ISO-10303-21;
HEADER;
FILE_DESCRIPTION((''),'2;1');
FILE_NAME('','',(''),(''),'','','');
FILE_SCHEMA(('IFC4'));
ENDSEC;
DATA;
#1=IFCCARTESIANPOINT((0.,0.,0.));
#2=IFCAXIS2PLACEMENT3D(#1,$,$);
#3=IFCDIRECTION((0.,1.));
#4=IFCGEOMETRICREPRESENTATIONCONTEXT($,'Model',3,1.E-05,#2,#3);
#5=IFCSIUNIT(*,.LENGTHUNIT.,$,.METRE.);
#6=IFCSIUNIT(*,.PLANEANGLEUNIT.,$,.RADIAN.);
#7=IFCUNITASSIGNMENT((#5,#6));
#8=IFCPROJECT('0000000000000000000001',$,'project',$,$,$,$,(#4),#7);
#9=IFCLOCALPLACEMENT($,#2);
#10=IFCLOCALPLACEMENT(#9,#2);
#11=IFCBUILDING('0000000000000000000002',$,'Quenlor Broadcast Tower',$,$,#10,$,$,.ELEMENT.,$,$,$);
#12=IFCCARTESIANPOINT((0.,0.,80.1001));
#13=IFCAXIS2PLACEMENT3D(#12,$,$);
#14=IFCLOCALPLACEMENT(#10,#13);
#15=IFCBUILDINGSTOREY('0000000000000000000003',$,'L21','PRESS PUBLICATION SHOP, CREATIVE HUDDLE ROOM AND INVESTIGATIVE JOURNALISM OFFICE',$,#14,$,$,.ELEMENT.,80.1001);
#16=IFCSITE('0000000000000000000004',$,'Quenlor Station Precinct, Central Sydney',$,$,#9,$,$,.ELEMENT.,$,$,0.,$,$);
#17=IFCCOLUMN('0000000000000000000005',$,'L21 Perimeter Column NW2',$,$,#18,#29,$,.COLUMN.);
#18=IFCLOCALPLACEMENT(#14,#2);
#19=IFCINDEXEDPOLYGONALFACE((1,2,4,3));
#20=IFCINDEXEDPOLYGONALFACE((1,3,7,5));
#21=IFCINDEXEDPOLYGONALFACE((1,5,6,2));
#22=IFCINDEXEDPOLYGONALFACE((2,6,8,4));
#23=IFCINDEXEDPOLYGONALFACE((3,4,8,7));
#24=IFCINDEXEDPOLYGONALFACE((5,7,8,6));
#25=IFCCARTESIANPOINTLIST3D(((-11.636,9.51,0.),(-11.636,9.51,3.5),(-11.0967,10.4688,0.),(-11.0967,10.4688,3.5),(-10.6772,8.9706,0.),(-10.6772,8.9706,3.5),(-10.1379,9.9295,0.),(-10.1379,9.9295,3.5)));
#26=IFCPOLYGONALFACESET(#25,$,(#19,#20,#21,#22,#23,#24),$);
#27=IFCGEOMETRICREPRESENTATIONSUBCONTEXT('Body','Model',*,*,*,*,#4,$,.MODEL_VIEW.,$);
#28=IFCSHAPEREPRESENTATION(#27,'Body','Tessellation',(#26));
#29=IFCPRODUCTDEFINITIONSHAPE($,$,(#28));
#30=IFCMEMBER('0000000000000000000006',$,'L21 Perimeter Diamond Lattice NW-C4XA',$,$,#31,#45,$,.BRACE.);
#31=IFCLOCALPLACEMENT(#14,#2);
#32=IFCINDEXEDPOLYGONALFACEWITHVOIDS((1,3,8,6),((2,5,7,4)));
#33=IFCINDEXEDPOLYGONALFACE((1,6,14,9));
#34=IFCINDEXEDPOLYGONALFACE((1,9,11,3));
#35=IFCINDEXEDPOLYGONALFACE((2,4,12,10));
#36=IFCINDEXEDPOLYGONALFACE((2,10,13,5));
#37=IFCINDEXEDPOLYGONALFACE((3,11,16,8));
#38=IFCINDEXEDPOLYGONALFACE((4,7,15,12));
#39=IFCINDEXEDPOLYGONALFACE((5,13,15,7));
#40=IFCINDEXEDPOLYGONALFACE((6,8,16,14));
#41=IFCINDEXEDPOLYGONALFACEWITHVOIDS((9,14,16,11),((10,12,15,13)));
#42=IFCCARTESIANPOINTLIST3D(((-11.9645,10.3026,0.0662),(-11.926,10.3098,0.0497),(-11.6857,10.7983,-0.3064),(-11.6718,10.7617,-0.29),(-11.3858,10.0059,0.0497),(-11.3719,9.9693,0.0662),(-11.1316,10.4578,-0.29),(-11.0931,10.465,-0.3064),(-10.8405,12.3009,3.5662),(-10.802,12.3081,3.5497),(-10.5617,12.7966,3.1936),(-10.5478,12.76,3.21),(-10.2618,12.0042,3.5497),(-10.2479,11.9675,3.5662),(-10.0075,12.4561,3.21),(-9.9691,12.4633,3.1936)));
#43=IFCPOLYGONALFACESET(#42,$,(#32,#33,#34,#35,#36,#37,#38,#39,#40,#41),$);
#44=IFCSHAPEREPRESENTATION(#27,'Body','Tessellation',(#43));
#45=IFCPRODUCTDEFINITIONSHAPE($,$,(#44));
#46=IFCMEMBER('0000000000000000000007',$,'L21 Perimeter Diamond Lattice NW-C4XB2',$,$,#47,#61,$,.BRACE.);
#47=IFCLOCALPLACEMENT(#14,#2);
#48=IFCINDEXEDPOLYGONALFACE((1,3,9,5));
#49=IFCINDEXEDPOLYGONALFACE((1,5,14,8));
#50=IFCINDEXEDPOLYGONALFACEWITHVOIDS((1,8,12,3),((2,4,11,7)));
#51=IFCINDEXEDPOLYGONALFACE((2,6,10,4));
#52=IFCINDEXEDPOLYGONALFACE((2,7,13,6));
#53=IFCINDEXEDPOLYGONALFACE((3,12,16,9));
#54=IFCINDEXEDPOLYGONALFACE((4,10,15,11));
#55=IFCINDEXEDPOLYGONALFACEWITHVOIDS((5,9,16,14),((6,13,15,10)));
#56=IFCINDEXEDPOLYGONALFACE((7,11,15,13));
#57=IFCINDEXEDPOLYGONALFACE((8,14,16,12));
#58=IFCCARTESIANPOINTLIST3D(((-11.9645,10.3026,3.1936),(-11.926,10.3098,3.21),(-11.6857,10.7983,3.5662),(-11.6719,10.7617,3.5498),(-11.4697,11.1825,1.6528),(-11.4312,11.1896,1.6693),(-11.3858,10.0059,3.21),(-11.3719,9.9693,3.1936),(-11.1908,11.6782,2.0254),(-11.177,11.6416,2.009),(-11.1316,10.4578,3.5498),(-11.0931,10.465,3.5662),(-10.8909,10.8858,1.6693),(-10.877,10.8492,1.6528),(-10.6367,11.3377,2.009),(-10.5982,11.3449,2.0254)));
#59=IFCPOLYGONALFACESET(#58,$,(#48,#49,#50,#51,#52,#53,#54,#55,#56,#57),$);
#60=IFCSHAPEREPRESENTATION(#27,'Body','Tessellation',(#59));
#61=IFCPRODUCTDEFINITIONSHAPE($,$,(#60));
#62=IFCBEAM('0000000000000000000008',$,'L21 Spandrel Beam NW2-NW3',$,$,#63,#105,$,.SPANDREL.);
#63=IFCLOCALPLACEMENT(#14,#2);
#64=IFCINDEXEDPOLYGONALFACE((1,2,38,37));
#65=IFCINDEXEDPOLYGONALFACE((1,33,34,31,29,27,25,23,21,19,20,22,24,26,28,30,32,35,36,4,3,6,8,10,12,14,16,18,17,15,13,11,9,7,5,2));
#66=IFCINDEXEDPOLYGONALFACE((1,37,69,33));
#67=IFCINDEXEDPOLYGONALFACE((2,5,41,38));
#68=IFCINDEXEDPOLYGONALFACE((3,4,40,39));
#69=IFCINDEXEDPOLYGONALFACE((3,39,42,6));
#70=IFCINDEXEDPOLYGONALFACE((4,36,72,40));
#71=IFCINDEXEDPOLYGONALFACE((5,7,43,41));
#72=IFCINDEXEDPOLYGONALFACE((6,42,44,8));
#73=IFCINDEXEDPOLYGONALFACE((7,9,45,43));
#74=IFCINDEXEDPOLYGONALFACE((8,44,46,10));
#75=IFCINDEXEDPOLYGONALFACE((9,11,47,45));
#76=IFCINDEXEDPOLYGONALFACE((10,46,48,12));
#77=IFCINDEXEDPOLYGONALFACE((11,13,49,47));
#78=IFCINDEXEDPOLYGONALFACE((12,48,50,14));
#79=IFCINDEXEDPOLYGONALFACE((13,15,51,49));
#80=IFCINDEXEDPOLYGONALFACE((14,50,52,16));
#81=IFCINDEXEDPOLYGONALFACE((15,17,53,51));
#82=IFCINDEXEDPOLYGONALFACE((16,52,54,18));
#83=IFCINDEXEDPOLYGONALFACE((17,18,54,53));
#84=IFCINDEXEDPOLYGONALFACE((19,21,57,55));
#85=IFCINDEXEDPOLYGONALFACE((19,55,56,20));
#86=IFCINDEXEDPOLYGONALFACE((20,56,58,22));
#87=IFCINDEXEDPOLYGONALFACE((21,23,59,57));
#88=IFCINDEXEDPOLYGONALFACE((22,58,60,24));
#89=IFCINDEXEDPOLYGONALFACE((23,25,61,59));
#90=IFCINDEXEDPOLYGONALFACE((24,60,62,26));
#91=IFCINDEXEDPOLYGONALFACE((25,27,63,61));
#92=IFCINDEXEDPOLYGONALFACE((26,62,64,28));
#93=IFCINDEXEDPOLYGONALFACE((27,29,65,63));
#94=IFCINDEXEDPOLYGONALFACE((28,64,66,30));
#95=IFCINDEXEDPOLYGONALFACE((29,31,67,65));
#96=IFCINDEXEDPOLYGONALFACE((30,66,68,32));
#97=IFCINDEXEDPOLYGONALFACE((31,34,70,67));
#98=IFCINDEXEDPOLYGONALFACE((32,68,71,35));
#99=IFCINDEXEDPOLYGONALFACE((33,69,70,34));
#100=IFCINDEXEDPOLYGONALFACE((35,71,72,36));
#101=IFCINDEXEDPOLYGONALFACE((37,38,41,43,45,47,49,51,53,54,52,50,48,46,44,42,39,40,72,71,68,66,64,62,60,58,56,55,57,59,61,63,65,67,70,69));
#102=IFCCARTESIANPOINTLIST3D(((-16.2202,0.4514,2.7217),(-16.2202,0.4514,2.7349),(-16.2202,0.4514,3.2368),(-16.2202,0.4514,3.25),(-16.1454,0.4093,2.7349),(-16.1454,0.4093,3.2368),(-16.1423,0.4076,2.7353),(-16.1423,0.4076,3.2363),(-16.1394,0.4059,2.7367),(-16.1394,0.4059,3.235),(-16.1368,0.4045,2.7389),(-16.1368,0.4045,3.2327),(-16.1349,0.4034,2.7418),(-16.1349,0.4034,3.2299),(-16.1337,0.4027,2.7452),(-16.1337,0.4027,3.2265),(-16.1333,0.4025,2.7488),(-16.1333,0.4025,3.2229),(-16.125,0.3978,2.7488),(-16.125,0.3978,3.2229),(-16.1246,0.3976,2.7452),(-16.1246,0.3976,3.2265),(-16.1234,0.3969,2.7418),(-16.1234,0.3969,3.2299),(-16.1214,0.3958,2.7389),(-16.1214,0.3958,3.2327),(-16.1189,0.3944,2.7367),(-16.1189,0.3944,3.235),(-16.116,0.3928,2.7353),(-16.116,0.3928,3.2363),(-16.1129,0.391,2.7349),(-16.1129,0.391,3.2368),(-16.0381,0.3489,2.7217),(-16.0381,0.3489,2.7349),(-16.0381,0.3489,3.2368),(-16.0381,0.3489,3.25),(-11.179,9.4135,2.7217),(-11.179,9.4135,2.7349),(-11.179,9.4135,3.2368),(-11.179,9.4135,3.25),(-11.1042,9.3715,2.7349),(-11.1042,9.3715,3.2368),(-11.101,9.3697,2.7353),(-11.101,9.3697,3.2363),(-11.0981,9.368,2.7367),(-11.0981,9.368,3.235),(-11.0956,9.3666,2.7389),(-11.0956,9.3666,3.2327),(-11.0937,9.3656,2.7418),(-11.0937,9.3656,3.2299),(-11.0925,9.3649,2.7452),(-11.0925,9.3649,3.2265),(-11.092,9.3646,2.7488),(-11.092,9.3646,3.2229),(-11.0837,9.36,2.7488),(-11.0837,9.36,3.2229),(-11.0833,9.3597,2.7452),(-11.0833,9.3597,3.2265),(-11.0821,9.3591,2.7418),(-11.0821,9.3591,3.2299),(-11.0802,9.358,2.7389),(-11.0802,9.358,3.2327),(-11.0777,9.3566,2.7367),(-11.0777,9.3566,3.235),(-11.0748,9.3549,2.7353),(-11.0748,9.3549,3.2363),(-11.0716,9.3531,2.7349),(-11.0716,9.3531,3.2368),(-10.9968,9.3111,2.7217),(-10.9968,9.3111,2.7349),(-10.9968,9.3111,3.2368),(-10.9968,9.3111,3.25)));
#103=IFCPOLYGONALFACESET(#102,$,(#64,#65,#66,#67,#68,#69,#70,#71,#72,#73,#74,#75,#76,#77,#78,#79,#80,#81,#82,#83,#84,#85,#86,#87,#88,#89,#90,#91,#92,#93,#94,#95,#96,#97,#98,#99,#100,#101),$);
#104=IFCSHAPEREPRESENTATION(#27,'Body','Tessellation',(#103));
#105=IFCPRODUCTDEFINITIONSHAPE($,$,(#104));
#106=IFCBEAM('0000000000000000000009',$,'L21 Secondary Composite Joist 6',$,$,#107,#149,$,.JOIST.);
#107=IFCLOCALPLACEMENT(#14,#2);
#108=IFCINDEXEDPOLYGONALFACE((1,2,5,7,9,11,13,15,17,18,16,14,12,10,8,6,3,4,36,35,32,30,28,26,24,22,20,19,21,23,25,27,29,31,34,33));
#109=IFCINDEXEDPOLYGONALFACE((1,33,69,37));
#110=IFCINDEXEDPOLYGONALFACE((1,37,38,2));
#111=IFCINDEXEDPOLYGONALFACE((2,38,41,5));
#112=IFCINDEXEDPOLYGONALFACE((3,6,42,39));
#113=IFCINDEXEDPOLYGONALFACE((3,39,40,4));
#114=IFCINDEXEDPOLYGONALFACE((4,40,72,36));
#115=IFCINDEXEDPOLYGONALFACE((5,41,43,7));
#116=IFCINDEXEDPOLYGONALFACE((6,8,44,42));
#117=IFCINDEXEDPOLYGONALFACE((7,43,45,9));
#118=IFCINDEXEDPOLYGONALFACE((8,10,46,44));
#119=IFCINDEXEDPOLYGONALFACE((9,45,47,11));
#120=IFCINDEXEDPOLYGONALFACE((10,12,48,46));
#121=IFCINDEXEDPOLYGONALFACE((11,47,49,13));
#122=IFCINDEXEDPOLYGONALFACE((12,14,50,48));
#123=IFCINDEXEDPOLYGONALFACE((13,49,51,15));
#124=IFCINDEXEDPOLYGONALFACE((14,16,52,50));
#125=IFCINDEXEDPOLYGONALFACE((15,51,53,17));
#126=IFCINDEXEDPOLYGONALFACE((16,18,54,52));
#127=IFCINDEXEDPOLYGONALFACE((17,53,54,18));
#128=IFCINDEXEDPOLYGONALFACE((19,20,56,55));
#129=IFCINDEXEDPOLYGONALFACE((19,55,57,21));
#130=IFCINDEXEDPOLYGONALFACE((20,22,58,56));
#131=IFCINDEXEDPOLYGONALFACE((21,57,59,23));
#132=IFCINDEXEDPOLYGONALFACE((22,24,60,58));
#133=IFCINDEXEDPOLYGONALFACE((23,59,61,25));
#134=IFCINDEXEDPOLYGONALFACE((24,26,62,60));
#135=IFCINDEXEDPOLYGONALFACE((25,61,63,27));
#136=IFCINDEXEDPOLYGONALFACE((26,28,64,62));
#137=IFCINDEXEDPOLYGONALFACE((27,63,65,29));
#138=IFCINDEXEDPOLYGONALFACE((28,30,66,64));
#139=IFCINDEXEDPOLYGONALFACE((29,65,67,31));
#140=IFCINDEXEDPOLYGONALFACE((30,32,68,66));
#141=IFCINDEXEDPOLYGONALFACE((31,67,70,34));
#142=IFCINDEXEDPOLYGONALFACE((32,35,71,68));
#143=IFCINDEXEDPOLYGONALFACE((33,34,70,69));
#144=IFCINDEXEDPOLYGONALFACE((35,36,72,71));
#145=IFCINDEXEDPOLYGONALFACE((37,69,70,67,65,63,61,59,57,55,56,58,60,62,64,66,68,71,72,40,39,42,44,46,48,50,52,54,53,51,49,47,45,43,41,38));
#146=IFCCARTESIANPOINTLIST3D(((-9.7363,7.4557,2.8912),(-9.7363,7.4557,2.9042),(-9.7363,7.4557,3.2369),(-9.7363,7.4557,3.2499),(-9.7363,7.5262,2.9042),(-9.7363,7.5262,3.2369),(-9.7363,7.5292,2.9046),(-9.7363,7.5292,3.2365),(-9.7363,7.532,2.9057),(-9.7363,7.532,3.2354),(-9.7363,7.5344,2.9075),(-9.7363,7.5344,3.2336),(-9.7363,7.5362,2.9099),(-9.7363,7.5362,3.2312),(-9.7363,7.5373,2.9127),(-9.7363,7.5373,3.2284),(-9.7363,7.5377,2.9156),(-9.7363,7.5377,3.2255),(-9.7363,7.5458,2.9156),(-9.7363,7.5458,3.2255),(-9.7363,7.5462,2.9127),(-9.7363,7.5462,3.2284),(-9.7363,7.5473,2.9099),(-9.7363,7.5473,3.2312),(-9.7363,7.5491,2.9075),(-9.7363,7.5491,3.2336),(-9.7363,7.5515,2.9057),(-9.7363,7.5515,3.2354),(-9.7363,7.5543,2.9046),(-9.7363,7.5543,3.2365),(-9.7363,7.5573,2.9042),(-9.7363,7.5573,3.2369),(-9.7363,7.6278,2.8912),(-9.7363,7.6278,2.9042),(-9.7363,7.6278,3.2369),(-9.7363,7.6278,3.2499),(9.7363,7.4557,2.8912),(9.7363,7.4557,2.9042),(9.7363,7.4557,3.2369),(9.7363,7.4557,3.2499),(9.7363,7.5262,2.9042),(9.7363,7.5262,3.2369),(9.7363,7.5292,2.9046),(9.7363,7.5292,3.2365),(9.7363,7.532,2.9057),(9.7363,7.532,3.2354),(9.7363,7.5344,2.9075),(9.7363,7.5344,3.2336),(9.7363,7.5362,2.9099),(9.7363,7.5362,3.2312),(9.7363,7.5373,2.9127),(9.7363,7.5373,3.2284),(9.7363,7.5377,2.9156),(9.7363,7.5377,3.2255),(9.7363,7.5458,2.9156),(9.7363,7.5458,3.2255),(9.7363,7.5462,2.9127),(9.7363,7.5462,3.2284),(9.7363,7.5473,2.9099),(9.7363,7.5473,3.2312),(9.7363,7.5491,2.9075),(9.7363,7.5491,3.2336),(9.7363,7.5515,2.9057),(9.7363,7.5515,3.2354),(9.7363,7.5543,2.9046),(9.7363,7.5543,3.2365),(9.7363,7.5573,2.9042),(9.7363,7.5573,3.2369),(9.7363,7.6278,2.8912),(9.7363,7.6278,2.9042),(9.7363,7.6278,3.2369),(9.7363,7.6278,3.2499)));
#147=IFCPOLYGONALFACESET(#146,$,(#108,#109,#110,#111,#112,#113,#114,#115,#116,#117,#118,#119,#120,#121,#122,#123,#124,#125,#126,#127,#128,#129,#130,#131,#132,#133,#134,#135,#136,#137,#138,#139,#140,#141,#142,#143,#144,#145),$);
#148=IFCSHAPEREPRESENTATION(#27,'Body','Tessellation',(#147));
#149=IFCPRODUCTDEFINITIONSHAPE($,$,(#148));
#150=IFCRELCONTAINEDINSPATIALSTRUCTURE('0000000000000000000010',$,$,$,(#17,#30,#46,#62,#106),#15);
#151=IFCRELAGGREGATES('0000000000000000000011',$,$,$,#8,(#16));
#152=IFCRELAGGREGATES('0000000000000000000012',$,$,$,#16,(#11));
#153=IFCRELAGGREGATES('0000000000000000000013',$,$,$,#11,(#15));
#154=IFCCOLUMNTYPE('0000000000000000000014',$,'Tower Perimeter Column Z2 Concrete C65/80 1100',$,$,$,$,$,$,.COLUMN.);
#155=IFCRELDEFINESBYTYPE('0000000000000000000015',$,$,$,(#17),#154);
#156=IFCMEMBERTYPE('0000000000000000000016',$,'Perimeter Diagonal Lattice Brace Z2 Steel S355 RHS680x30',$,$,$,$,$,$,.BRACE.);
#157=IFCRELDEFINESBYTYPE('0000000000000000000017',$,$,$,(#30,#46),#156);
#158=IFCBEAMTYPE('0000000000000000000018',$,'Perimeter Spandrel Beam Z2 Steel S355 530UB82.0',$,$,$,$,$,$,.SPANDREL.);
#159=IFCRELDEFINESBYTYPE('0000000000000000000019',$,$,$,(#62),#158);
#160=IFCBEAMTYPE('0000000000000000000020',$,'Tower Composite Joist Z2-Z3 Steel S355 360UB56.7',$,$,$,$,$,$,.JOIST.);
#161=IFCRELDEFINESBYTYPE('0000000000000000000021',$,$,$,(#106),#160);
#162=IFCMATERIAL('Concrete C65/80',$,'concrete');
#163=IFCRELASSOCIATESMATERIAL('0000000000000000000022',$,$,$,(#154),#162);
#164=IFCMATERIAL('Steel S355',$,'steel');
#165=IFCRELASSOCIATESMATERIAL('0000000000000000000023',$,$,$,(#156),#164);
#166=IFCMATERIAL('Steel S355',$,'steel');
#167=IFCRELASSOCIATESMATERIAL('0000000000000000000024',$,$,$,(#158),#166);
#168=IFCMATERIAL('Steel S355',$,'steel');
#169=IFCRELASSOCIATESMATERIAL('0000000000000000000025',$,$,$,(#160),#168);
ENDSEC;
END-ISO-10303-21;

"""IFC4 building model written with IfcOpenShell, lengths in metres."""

from ifc_helpers import new_model, si_unit, direction, frame, origin, origin_2d, place, context, subcontext, project, spatial, rectangle, hollow_rectangle, i_section, extrude, material, material_profile, profile_set, type_object, element, save


model = new_model("IFC4")

# Units and contexts
model_context = context("Model", 3, precision=1e-05, world=origin(), true_north=direction((0.0, 1.0)))
body_context = subcontext(model_context, "Body", "Model", "MODEL_VIEW")
ifc_project = project(units=[si_unit("LENGTHUNIT", "METRE"), si_unit("PLANEANGLEUNIT", "RADIAN")], contexts=[model_context])

# Site, building, storey
site_placement = place(None, origin())
site = spatial("IfcSite", under=ifc_project, at=site_placement, Name="Quenlor Station Precinct, Central Sydney", CompositionType="ELEMENT", RefElevation=0.0)
building_placement = place(site_placement, origin())
building = spatial("IfcBuilding", under=site, at=building_placement, Name="Quenlor Broadcast Tower", CompositionType="ELEMENT")
storey_placement = place(building_placement, frame((0.0, 0.0, 80.1001)))
storey = spatial("IfcBuildingStorey", under=building, at=storey_placement, Name="L21", Description="PRESS PUBLICATION SHOP, CREATIVE HUDDLE ROOM AND INVESTIGATIVE JOURNALISM OFFICE", CompositionType="ELEMENT", Elevation=80.1001)

# Column
ifc_material_1 = material(Name="Concrete C65/80", Category="concrete")
ifc_material_profile_1 = material_profile(ifc_material_1, rectangle(XDim=1.1001, YDim=1.1001, at=origin_2d()))
ifc_profile_set_1 = profile_set([ifc_material_profile_1], Name="Concrete C65/80 RC1100x1100")
column_type = type_object("IfcColumnType", Name="Tower Perimeter Column Z2 Concrete C65/80 1100", PredefinedType="COLUMN", material=ifc_profile_set_1)
column_placement = place(storey_placement, frame((-10.887, 9.7197, 0.0), z_axis=(0.0, 0.0, 1.0), x_axis=(-0.871575, 0.490262, 0.0)))
element("IfcColumn", 1, at=column_placement, inside=storey, type_object=column_type, Name="L21 Perimeter Column NW2", PredefinedType="COLUMN", context=body_context, shape_type="SweptSolid", body=[
    extrude(rectangle(XDim=1.1001, YDim=1.1001, at=origin_2d()), origin(), (0.0, 0.0, 1.0), 3.5),
])

# Members
ifc_material_2 = material(Name="Steel S355", Category="steel")
ifc_material_profile_2 = material_profile(ifc_material_2, hollow_rectangle(XDim=0.6799, YDim=0.6799, WallThickness=0.03, at=origin_2d()))
ifc_profile_set_2 = profile_set([ifc_material_profile_2], Name="Steel S355 RHS680x680x30")
member_type = type_object("IfcMemberType", Name="Perimeter Diagonal Lattice Brace Z2 Steel S355 RHS680x30", PredefinedType="BRACE", material=ifc_profile_set_2)
member_1_placement = place(storey_placement, frame((-11.5288, 10.3838, -0.1201), z_axis=(0.268642, 0.477593, 0.836502), x_axis=(-0.871578, 0.490256, 0.0)))
element("IfcMember", 2, at=member_1_placement, inside=storey, type_object=member_type, Name="L21 Perimeter Diamond Lattice NW-C4XA", PredefinedType="BRACE", context=body_context, shape_type="SweptSolid", body=[
    extrude(hollow_rectangle(XDim=0.6799, YDim=0.6799, WallThickness=0.03, at=origin_2d()), origin(), (0.0, 0.0, 1.0), 4.1841),
])
member_2_placement = place(storey_placement, frame((-11.0339, 11.2637, 1.8391), z_axis=(-0.268657, -0.477671, 0.836454), x_axis=(0.871601, -0.490215, 0.0)))
element("IfcMember", 3, at=member_2_placement, inside=storey, type_object=member_type, Name="L21 Perimeter Diamond Lattice NW-C4XB2", PredefinedType="BRACE", context=body_context, shape_type="SweptSolid", body=[
    extrude(hollow_rectangle(XDim=0.6799, YDim=0.6799, WallThickness=0.03, at=origin_2d()), origin(), (0.0, 0.0, 1.0), 1.842),
])

# Beams
ifc_material_3 = material(Name="Steel S355", Category="steel")
ifc_material_profile_3 = material_profile(ifc_material_3, i_section(OverallWidth=0.209, OverallDepth=0.5283, WebThickness=0.0095, FlangeThickness=0.0132, FilletRadius=0.0139, at=origin_2d()))
ifc_profile_set_3 = profile_set([ifc_material_profile_3], Name="Steel S355 530UB82.0")
beam_type_1 = type_object("IfcBeamType", Name="Perimeter Spandrel Beam Z2 Steel S355 530UB82.0", PredefinedType="SPANDREL", material=ifc_profile_set_3)
beam_1_placement = place(storey_placement, frame((-11.0879, 9.3623, 2.9858), z_axis=(-0.490265, -0.871574, 0.0), x_axis=(0.871574, -0.490265, 0.0)))
element("IfcBeam", 4, at=beam_1_placement, inside=storey, type_object=beam_type_1, Name="L21 Spandrel Beam NW2-NW3", PredefinedType="SPANDREL", context=body_context, shape_type="SweptSolid", body=[
    extrude(i_section(OverallWidth=0.209, OverallDepth=0.5283, WebThickness=0.0095, FlangeThickness=0.0132, FilletRadius=0.0139, at=origin_2d()), origin(), (0.0, 0.0, 1.0), 10.2827),
])
ifc_material_4 = material(Name="Steel S355", Category="steel")
ifc_material_profile_4 = material_profile(ifc_material_4, i_section(OverallWidth=0.1721, OverallDepth=0.3586, WebThickness=0.0081, FlangeThickness=0.0129, FilletRadius=0.0115, at=origin_2d()))
ifc_profile_set_4 = profile_set([ifc_material_profile_4], Name="Steel S355 360UB56.7")
beam_type_2 = type_object("IfcBeamType", Name="Tower Composite Joist Z2-Z3 Steel S355 360UB56.7", PredefinedType="JOIST", material=ifc_profile_set_4)
beam_2_placement = place(storey_placement, frame((-9.7363, 7.5417, 3.0706), z_axis=(1.0, 0.0, 0.0), x_axis=(0.0, 1.0, 0.0)))
element("IfcBeam", 5, at=beam_2_placement, inside=storey, type_object=beam_type_2, Name="L21 Secondary Composite Joist 6", PredefinedType="JOIST", context=body_context, shape_type="SweptSolid", body=[
    extrude(i_section(OverallWidth=0.1721, OverallDepth=0.3586, WebThickness=0.0081, FlangeThickness=0.0129, FilletRadius=0.0115, at=origin_2d()), origin(), (0.0, 0.0, 1.0), 19.4727),
])

save(model, "model.ifc")
